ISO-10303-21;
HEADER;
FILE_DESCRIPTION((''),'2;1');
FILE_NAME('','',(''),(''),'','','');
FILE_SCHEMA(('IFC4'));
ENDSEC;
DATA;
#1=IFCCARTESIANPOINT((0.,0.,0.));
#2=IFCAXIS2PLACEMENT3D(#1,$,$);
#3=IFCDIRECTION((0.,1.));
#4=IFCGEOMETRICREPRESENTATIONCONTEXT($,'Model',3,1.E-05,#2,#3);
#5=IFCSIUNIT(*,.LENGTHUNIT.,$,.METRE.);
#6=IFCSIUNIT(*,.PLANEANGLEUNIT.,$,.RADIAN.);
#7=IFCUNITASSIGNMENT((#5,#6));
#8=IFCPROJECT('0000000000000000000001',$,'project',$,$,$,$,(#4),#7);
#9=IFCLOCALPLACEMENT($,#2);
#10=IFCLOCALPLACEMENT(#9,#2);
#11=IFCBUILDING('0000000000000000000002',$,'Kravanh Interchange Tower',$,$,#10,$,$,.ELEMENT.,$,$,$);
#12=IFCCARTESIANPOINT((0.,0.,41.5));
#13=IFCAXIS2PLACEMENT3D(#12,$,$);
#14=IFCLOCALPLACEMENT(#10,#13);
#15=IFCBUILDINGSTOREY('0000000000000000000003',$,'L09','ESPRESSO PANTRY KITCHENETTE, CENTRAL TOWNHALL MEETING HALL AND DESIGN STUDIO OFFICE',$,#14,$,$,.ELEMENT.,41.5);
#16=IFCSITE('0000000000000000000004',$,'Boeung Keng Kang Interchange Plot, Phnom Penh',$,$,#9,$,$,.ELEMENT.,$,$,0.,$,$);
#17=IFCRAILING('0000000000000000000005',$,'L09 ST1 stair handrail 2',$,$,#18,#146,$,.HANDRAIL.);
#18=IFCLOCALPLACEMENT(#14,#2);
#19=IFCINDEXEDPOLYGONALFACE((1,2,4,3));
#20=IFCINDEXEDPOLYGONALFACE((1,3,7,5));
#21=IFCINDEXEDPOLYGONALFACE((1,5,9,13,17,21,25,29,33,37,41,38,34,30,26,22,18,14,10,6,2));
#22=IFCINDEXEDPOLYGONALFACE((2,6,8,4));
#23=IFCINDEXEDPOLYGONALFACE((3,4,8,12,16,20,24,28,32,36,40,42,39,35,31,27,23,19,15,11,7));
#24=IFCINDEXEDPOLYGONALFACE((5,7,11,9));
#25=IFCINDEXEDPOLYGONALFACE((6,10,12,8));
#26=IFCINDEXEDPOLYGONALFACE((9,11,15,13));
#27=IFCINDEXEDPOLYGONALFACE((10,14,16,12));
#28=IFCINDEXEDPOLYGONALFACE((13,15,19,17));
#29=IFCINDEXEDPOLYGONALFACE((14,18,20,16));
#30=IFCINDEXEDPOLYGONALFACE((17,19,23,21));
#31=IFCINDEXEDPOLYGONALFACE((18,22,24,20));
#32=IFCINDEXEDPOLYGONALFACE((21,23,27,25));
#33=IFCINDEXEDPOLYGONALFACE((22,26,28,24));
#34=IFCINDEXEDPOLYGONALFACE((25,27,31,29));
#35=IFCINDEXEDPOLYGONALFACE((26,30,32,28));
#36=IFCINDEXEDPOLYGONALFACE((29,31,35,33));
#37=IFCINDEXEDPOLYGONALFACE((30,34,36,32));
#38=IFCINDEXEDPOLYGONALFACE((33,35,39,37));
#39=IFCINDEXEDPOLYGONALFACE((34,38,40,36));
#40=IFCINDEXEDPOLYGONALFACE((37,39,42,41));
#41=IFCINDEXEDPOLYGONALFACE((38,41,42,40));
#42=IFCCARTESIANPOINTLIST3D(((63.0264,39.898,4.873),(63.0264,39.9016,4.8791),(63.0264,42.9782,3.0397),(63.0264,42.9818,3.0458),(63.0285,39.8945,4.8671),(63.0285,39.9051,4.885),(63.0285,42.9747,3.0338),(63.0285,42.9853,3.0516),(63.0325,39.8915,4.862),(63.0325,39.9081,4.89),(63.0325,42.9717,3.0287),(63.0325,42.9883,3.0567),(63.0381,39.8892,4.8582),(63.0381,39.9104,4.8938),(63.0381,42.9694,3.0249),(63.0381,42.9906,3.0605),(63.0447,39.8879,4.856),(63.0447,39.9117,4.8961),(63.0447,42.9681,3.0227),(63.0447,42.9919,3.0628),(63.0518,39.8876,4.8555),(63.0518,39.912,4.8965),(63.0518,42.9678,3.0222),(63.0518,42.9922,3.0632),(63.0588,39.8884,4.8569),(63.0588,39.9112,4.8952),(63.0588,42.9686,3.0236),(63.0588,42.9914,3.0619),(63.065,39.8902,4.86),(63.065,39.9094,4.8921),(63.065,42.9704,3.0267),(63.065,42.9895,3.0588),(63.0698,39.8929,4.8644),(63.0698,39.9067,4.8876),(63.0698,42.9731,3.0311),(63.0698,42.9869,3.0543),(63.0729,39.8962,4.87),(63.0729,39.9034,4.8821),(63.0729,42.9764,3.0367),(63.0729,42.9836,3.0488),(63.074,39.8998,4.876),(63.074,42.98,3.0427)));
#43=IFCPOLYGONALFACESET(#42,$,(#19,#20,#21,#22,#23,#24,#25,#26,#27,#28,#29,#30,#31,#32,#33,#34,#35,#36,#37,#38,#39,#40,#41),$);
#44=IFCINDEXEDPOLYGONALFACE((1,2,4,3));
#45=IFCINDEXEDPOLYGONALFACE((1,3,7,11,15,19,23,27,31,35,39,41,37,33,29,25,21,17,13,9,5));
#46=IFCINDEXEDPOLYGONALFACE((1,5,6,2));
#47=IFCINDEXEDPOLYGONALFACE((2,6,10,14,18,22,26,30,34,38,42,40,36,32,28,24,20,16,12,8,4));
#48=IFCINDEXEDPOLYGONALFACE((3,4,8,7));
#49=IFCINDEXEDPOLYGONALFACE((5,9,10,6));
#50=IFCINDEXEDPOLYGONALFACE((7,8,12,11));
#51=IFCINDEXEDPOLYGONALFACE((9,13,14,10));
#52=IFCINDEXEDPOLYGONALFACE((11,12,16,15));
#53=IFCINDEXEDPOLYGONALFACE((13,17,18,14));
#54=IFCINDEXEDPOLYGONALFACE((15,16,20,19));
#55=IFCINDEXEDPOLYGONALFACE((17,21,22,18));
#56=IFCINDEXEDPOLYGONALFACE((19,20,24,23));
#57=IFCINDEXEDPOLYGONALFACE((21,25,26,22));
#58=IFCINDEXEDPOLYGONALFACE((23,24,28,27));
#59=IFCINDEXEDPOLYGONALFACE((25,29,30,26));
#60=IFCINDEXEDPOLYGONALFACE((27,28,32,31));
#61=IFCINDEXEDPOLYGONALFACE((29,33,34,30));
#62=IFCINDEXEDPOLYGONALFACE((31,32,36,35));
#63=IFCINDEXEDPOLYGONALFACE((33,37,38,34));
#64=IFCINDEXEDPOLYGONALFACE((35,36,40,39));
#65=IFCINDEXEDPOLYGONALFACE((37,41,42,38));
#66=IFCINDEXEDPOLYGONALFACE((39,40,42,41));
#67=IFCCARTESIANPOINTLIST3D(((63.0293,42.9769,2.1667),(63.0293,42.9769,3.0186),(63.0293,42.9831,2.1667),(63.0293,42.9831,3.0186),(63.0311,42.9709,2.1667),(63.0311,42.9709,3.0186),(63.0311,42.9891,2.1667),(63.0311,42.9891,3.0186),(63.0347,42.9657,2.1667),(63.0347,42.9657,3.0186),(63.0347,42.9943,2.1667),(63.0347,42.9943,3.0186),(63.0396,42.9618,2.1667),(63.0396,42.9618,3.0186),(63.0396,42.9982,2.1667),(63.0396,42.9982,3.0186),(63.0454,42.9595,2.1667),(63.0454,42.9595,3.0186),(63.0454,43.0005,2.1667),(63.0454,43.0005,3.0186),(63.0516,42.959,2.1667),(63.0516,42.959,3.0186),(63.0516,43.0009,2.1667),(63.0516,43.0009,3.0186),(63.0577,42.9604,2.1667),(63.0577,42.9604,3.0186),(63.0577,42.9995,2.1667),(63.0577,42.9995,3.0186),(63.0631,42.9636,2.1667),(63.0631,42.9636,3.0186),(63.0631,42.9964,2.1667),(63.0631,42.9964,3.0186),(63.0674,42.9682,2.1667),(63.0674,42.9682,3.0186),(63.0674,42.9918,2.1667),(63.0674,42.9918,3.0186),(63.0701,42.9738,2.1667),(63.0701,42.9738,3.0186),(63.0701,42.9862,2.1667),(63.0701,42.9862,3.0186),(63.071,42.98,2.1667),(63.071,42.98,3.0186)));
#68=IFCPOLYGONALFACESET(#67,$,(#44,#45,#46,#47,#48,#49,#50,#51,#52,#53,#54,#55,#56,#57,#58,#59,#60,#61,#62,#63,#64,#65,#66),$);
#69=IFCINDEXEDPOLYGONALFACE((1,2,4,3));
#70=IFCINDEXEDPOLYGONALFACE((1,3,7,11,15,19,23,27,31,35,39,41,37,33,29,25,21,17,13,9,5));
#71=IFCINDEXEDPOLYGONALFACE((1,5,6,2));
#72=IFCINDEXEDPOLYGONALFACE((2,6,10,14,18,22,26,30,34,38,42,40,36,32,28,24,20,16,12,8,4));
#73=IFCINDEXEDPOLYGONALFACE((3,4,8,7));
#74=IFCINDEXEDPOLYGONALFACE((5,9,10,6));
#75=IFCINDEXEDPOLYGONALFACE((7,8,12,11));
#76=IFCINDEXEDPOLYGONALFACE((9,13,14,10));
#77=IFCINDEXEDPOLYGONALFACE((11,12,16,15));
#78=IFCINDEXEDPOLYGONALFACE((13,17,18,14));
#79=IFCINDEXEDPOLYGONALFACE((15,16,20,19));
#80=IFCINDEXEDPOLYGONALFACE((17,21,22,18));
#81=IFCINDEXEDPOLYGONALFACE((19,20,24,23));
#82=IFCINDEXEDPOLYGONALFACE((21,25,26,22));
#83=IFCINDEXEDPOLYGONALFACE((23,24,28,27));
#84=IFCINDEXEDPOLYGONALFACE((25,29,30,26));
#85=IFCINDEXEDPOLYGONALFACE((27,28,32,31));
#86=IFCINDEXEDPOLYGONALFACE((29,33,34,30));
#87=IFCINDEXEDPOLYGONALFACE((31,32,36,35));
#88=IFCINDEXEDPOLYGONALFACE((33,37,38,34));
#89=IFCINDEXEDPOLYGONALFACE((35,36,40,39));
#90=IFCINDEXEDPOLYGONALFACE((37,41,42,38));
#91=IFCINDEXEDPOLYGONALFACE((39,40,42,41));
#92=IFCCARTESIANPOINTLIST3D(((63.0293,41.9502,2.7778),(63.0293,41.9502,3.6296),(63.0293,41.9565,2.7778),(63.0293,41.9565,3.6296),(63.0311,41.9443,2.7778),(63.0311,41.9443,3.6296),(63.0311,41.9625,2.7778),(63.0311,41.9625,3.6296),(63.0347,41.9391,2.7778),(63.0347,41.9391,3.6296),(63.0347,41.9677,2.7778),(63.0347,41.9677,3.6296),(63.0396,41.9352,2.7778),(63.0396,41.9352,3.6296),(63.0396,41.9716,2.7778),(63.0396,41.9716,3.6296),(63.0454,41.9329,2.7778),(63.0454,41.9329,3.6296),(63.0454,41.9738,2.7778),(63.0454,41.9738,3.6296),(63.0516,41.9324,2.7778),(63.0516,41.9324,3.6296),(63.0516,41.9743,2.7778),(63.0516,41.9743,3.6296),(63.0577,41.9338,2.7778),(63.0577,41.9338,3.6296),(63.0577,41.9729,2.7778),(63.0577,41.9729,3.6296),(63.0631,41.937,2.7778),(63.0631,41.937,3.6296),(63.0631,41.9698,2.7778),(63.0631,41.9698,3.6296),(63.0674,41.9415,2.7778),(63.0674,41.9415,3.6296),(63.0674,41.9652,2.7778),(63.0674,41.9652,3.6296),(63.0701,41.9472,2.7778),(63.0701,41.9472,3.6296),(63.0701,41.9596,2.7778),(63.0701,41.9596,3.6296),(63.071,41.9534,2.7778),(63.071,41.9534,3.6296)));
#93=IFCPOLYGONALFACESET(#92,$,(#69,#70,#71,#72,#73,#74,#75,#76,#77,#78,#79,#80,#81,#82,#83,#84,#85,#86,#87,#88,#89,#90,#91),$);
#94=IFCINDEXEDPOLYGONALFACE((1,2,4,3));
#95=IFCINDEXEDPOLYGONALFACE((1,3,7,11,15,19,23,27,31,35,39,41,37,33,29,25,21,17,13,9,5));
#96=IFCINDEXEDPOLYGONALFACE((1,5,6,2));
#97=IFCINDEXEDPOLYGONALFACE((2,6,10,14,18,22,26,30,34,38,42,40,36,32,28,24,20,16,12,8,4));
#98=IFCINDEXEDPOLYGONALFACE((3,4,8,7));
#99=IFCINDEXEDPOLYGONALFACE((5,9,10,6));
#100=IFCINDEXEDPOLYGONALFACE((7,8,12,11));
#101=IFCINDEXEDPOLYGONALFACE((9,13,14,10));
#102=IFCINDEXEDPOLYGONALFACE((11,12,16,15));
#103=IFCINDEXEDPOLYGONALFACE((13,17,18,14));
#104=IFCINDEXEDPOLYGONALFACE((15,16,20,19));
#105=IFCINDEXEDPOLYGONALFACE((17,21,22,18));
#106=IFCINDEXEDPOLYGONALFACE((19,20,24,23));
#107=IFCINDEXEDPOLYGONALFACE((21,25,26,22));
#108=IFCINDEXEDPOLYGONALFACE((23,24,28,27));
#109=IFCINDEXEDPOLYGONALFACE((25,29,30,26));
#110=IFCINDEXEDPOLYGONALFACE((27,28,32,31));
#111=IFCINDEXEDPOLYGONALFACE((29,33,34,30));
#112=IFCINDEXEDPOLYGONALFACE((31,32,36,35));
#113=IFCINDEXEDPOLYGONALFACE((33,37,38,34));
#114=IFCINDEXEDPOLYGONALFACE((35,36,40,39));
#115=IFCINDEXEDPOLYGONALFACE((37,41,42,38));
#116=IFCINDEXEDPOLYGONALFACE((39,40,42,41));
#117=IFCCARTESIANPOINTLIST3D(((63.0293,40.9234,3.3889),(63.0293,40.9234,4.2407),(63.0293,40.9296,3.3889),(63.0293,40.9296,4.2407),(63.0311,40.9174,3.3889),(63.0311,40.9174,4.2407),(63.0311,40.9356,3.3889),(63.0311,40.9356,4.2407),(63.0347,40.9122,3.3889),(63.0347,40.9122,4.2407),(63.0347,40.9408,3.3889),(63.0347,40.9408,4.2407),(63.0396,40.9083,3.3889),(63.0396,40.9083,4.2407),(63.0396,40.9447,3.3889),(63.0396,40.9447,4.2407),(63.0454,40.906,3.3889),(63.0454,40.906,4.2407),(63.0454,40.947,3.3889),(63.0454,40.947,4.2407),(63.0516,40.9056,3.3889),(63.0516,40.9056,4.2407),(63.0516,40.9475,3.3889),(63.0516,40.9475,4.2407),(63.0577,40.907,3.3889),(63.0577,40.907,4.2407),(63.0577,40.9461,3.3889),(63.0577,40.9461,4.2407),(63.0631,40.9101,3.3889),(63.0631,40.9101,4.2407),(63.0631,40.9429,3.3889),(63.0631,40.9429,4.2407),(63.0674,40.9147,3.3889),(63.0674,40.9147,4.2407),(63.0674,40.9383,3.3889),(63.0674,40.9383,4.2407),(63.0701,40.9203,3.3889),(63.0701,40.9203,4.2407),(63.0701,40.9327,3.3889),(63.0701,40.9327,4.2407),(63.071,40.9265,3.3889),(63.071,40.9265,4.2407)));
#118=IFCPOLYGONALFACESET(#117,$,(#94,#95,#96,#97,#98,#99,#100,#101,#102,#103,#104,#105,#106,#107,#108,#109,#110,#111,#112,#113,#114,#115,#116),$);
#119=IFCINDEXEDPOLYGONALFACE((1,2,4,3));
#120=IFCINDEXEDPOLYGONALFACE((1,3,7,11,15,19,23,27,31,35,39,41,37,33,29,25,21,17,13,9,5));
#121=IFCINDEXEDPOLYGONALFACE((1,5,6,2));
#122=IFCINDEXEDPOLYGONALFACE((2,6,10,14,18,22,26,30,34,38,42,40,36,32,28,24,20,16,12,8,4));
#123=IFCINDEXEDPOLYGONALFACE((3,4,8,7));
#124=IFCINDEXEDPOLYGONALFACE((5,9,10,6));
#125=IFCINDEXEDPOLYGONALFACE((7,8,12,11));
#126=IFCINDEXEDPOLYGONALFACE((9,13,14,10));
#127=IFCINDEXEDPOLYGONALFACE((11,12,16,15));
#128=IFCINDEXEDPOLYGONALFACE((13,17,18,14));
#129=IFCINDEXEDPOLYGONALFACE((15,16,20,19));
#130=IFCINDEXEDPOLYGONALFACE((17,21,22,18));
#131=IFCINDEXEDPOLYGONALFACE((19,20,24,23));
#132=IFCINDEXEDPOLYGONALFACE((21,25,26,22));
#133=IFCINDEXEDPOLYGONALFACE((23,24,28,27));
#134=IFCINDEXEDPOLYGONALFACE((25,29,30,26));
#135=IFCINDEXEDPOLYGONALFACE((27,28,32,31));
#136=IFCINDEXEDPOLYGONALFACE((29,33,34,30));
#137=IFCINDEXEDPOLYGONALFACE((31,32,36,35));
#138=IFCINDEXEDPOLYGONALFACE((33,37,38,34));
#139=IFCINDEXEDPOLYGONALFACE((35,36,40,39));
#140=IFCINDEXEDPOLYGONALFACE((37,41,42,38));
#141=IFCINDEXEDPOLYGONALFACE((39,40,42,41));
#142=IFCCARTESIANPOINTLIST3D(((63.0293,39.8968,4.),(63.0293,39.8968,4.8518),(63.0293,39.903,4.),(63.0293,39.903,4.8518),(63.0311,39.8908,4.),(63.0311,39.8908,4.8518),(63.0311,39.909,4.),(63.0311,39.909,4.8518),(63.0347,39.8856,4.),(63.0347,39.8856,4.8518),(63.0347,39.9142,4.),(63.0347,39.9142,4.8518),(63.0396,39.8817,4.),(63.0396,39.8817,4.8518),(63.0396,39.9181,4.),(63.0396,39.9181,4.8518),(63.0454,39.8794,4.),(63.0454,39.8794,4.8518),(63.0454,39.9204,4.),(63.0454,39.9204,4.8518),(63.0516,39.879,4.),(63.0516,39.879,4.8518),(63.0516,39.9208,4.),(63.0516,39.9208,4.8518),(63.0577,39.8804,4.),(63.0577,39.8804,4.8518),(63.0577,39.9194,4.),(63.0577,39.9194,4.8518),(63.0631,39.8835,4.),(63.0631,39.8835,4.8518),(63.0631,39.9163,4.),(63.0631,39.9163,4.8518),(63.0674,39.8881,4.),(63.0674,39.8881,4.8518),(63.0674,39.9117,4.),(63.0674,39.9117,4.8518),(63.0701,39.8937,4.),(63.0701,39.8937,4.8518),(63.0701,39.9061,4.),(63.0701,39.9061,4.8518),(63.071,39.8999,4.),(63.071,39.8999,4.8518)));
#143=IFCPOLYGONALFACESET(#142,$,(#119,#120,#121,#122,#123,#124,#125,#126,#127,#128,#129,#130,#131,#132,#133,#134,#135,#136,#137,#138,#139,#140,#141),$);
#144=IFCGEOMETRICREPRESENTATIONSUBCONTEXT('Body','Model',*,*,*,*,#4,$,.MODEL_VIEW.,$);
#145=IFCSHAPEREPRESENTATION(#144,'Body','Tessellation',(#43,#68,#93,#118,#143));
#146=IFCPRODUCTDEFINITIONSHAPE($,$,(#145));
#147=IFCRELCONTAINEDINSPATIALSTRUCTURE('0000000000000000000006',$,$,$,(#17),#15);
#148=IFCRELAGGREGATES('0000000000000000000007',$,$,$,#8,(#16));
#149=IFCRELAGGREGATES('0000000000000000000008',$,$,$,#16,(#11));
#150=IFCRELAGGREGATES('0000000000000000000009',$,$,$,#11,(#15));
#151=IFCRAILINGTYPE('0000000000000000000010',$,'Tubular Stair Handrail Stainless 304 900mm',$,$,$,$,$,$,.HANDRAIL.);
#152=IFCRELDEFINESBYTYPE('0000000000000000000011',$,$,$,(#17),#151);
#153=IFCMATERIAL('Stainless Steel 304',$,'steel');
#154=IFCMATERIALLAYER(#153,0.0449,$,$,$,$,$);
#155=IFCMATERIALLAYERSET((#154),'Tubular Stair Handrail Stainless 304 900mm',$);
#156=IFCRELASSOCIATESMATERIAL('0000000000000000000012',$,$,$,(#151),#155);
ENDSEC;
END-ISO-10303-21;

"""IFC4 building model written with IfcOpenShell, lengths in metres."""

from ifc_helpers import new_model, si_unit, direction, frame, origin, origin_2d, place, context, subcontext, project, spatial, circle, extrude, material, layer, layer_set, type_object, element, save


model = new_model("IFC4")

# Units and contexts
model_context = context("Model", 3, precision=1e-05, world=origin(), true_north=direction((0.0, 1.0)))
body_context = subcontext(model_context, "Body", "Model", "MODEL_VIEW")
ifc_project = project(units=[si_unit("LENGTHUNIT", "METRE"), si_unit("PLANEANGLEUNIT", "RADIAN")], contexts=[model_context])

# Site, building, storey
site_placement = place(None, origin())
site = spatial("IfcSite", under=ifc_project, at=site_placement, Name="Boeung Keng Kang Interchange Plot, Phnom Penh", CompositionType="ELEMENT", RefElevation=0.0)
building_placement = place(site_placement, origin())
building = spatial("IfcBuilding", under=site, at=building_placement, Name="Kravanh Interchange Tower", CompositionType="ELEMENT")
storey_placement = place(building_placement, frame((0.0, 0.0, 41.5)))
storey = spatial("IfcBuildingStorey", under=building, at=storey_placement, Name="L09", Description="ESPRESSO PANTRY KITCHENETTE, CENTRAL TOWNHALL MEETING HALL AND DESIGN STUDIO OFFICE", CompositionType="ELEMENT", Elevation=41.5)

# Railing
ifc_material_1 = material(Name="Stainless Steel 304", Category="steel")
ifc_layer_1 = layer(ifc_material_1, 0.0449)
ifc_layer_set_1 = layer_set([ifc_layer_1], Name="Tubular Stair Handrail Stainless 304 900mm")
railing_type_1 = type_object("IfcRailingType", Name="Tubular Stair Handrail Stainless 304 900mm", PredefinedType="HANDRAIL", material=ifc_layer_set_1)
railing_1_placement = place(storey_placement, frame((63.05, 42.98, 2.1667)))
element("IfcRailing", 1, at=railing_1_placement, inside=storey, type_object=railing_type_1, Name="L09 ST1 stair handrail 2", PredefinedType="HANDRAIL", context=body_context, shape_type="SweptSolid", body=[
    extrude(circle(Radius=0.0239, at=origin_2d()), frame((0.0, 0.0, 0.876), z_axis=(0.0, -0.859309, 0.511458), x_axis=(1.0, 0.0, 0.0)), (0.0, 0.0, 1.0), 3.5845),
    extrude(circle(Radius=0.021, at=origin_2d()), origin(), (0.0, 0.0, 1.0), 0.8518),
    extrude(circle(Radius=0.021, at=origin_2d()), frame((0.0, -1.0266, 0.6111)), (0.0, 0.0, 1.0), 0.8518),
    extrude(circle(Radius=0.021, at=origin_2d()), frame((0.0, -2.0535, 1.2222)), (0.0, 0.0, 1.0), 0.8518),
    extrude(circle(Radius=0.021, at=origin_2d()), frame((0.0, -3.0801, 1.8333)), (0.0, 0.0, 1.0), 0.8518),
])

save(model, "model.ifc")
